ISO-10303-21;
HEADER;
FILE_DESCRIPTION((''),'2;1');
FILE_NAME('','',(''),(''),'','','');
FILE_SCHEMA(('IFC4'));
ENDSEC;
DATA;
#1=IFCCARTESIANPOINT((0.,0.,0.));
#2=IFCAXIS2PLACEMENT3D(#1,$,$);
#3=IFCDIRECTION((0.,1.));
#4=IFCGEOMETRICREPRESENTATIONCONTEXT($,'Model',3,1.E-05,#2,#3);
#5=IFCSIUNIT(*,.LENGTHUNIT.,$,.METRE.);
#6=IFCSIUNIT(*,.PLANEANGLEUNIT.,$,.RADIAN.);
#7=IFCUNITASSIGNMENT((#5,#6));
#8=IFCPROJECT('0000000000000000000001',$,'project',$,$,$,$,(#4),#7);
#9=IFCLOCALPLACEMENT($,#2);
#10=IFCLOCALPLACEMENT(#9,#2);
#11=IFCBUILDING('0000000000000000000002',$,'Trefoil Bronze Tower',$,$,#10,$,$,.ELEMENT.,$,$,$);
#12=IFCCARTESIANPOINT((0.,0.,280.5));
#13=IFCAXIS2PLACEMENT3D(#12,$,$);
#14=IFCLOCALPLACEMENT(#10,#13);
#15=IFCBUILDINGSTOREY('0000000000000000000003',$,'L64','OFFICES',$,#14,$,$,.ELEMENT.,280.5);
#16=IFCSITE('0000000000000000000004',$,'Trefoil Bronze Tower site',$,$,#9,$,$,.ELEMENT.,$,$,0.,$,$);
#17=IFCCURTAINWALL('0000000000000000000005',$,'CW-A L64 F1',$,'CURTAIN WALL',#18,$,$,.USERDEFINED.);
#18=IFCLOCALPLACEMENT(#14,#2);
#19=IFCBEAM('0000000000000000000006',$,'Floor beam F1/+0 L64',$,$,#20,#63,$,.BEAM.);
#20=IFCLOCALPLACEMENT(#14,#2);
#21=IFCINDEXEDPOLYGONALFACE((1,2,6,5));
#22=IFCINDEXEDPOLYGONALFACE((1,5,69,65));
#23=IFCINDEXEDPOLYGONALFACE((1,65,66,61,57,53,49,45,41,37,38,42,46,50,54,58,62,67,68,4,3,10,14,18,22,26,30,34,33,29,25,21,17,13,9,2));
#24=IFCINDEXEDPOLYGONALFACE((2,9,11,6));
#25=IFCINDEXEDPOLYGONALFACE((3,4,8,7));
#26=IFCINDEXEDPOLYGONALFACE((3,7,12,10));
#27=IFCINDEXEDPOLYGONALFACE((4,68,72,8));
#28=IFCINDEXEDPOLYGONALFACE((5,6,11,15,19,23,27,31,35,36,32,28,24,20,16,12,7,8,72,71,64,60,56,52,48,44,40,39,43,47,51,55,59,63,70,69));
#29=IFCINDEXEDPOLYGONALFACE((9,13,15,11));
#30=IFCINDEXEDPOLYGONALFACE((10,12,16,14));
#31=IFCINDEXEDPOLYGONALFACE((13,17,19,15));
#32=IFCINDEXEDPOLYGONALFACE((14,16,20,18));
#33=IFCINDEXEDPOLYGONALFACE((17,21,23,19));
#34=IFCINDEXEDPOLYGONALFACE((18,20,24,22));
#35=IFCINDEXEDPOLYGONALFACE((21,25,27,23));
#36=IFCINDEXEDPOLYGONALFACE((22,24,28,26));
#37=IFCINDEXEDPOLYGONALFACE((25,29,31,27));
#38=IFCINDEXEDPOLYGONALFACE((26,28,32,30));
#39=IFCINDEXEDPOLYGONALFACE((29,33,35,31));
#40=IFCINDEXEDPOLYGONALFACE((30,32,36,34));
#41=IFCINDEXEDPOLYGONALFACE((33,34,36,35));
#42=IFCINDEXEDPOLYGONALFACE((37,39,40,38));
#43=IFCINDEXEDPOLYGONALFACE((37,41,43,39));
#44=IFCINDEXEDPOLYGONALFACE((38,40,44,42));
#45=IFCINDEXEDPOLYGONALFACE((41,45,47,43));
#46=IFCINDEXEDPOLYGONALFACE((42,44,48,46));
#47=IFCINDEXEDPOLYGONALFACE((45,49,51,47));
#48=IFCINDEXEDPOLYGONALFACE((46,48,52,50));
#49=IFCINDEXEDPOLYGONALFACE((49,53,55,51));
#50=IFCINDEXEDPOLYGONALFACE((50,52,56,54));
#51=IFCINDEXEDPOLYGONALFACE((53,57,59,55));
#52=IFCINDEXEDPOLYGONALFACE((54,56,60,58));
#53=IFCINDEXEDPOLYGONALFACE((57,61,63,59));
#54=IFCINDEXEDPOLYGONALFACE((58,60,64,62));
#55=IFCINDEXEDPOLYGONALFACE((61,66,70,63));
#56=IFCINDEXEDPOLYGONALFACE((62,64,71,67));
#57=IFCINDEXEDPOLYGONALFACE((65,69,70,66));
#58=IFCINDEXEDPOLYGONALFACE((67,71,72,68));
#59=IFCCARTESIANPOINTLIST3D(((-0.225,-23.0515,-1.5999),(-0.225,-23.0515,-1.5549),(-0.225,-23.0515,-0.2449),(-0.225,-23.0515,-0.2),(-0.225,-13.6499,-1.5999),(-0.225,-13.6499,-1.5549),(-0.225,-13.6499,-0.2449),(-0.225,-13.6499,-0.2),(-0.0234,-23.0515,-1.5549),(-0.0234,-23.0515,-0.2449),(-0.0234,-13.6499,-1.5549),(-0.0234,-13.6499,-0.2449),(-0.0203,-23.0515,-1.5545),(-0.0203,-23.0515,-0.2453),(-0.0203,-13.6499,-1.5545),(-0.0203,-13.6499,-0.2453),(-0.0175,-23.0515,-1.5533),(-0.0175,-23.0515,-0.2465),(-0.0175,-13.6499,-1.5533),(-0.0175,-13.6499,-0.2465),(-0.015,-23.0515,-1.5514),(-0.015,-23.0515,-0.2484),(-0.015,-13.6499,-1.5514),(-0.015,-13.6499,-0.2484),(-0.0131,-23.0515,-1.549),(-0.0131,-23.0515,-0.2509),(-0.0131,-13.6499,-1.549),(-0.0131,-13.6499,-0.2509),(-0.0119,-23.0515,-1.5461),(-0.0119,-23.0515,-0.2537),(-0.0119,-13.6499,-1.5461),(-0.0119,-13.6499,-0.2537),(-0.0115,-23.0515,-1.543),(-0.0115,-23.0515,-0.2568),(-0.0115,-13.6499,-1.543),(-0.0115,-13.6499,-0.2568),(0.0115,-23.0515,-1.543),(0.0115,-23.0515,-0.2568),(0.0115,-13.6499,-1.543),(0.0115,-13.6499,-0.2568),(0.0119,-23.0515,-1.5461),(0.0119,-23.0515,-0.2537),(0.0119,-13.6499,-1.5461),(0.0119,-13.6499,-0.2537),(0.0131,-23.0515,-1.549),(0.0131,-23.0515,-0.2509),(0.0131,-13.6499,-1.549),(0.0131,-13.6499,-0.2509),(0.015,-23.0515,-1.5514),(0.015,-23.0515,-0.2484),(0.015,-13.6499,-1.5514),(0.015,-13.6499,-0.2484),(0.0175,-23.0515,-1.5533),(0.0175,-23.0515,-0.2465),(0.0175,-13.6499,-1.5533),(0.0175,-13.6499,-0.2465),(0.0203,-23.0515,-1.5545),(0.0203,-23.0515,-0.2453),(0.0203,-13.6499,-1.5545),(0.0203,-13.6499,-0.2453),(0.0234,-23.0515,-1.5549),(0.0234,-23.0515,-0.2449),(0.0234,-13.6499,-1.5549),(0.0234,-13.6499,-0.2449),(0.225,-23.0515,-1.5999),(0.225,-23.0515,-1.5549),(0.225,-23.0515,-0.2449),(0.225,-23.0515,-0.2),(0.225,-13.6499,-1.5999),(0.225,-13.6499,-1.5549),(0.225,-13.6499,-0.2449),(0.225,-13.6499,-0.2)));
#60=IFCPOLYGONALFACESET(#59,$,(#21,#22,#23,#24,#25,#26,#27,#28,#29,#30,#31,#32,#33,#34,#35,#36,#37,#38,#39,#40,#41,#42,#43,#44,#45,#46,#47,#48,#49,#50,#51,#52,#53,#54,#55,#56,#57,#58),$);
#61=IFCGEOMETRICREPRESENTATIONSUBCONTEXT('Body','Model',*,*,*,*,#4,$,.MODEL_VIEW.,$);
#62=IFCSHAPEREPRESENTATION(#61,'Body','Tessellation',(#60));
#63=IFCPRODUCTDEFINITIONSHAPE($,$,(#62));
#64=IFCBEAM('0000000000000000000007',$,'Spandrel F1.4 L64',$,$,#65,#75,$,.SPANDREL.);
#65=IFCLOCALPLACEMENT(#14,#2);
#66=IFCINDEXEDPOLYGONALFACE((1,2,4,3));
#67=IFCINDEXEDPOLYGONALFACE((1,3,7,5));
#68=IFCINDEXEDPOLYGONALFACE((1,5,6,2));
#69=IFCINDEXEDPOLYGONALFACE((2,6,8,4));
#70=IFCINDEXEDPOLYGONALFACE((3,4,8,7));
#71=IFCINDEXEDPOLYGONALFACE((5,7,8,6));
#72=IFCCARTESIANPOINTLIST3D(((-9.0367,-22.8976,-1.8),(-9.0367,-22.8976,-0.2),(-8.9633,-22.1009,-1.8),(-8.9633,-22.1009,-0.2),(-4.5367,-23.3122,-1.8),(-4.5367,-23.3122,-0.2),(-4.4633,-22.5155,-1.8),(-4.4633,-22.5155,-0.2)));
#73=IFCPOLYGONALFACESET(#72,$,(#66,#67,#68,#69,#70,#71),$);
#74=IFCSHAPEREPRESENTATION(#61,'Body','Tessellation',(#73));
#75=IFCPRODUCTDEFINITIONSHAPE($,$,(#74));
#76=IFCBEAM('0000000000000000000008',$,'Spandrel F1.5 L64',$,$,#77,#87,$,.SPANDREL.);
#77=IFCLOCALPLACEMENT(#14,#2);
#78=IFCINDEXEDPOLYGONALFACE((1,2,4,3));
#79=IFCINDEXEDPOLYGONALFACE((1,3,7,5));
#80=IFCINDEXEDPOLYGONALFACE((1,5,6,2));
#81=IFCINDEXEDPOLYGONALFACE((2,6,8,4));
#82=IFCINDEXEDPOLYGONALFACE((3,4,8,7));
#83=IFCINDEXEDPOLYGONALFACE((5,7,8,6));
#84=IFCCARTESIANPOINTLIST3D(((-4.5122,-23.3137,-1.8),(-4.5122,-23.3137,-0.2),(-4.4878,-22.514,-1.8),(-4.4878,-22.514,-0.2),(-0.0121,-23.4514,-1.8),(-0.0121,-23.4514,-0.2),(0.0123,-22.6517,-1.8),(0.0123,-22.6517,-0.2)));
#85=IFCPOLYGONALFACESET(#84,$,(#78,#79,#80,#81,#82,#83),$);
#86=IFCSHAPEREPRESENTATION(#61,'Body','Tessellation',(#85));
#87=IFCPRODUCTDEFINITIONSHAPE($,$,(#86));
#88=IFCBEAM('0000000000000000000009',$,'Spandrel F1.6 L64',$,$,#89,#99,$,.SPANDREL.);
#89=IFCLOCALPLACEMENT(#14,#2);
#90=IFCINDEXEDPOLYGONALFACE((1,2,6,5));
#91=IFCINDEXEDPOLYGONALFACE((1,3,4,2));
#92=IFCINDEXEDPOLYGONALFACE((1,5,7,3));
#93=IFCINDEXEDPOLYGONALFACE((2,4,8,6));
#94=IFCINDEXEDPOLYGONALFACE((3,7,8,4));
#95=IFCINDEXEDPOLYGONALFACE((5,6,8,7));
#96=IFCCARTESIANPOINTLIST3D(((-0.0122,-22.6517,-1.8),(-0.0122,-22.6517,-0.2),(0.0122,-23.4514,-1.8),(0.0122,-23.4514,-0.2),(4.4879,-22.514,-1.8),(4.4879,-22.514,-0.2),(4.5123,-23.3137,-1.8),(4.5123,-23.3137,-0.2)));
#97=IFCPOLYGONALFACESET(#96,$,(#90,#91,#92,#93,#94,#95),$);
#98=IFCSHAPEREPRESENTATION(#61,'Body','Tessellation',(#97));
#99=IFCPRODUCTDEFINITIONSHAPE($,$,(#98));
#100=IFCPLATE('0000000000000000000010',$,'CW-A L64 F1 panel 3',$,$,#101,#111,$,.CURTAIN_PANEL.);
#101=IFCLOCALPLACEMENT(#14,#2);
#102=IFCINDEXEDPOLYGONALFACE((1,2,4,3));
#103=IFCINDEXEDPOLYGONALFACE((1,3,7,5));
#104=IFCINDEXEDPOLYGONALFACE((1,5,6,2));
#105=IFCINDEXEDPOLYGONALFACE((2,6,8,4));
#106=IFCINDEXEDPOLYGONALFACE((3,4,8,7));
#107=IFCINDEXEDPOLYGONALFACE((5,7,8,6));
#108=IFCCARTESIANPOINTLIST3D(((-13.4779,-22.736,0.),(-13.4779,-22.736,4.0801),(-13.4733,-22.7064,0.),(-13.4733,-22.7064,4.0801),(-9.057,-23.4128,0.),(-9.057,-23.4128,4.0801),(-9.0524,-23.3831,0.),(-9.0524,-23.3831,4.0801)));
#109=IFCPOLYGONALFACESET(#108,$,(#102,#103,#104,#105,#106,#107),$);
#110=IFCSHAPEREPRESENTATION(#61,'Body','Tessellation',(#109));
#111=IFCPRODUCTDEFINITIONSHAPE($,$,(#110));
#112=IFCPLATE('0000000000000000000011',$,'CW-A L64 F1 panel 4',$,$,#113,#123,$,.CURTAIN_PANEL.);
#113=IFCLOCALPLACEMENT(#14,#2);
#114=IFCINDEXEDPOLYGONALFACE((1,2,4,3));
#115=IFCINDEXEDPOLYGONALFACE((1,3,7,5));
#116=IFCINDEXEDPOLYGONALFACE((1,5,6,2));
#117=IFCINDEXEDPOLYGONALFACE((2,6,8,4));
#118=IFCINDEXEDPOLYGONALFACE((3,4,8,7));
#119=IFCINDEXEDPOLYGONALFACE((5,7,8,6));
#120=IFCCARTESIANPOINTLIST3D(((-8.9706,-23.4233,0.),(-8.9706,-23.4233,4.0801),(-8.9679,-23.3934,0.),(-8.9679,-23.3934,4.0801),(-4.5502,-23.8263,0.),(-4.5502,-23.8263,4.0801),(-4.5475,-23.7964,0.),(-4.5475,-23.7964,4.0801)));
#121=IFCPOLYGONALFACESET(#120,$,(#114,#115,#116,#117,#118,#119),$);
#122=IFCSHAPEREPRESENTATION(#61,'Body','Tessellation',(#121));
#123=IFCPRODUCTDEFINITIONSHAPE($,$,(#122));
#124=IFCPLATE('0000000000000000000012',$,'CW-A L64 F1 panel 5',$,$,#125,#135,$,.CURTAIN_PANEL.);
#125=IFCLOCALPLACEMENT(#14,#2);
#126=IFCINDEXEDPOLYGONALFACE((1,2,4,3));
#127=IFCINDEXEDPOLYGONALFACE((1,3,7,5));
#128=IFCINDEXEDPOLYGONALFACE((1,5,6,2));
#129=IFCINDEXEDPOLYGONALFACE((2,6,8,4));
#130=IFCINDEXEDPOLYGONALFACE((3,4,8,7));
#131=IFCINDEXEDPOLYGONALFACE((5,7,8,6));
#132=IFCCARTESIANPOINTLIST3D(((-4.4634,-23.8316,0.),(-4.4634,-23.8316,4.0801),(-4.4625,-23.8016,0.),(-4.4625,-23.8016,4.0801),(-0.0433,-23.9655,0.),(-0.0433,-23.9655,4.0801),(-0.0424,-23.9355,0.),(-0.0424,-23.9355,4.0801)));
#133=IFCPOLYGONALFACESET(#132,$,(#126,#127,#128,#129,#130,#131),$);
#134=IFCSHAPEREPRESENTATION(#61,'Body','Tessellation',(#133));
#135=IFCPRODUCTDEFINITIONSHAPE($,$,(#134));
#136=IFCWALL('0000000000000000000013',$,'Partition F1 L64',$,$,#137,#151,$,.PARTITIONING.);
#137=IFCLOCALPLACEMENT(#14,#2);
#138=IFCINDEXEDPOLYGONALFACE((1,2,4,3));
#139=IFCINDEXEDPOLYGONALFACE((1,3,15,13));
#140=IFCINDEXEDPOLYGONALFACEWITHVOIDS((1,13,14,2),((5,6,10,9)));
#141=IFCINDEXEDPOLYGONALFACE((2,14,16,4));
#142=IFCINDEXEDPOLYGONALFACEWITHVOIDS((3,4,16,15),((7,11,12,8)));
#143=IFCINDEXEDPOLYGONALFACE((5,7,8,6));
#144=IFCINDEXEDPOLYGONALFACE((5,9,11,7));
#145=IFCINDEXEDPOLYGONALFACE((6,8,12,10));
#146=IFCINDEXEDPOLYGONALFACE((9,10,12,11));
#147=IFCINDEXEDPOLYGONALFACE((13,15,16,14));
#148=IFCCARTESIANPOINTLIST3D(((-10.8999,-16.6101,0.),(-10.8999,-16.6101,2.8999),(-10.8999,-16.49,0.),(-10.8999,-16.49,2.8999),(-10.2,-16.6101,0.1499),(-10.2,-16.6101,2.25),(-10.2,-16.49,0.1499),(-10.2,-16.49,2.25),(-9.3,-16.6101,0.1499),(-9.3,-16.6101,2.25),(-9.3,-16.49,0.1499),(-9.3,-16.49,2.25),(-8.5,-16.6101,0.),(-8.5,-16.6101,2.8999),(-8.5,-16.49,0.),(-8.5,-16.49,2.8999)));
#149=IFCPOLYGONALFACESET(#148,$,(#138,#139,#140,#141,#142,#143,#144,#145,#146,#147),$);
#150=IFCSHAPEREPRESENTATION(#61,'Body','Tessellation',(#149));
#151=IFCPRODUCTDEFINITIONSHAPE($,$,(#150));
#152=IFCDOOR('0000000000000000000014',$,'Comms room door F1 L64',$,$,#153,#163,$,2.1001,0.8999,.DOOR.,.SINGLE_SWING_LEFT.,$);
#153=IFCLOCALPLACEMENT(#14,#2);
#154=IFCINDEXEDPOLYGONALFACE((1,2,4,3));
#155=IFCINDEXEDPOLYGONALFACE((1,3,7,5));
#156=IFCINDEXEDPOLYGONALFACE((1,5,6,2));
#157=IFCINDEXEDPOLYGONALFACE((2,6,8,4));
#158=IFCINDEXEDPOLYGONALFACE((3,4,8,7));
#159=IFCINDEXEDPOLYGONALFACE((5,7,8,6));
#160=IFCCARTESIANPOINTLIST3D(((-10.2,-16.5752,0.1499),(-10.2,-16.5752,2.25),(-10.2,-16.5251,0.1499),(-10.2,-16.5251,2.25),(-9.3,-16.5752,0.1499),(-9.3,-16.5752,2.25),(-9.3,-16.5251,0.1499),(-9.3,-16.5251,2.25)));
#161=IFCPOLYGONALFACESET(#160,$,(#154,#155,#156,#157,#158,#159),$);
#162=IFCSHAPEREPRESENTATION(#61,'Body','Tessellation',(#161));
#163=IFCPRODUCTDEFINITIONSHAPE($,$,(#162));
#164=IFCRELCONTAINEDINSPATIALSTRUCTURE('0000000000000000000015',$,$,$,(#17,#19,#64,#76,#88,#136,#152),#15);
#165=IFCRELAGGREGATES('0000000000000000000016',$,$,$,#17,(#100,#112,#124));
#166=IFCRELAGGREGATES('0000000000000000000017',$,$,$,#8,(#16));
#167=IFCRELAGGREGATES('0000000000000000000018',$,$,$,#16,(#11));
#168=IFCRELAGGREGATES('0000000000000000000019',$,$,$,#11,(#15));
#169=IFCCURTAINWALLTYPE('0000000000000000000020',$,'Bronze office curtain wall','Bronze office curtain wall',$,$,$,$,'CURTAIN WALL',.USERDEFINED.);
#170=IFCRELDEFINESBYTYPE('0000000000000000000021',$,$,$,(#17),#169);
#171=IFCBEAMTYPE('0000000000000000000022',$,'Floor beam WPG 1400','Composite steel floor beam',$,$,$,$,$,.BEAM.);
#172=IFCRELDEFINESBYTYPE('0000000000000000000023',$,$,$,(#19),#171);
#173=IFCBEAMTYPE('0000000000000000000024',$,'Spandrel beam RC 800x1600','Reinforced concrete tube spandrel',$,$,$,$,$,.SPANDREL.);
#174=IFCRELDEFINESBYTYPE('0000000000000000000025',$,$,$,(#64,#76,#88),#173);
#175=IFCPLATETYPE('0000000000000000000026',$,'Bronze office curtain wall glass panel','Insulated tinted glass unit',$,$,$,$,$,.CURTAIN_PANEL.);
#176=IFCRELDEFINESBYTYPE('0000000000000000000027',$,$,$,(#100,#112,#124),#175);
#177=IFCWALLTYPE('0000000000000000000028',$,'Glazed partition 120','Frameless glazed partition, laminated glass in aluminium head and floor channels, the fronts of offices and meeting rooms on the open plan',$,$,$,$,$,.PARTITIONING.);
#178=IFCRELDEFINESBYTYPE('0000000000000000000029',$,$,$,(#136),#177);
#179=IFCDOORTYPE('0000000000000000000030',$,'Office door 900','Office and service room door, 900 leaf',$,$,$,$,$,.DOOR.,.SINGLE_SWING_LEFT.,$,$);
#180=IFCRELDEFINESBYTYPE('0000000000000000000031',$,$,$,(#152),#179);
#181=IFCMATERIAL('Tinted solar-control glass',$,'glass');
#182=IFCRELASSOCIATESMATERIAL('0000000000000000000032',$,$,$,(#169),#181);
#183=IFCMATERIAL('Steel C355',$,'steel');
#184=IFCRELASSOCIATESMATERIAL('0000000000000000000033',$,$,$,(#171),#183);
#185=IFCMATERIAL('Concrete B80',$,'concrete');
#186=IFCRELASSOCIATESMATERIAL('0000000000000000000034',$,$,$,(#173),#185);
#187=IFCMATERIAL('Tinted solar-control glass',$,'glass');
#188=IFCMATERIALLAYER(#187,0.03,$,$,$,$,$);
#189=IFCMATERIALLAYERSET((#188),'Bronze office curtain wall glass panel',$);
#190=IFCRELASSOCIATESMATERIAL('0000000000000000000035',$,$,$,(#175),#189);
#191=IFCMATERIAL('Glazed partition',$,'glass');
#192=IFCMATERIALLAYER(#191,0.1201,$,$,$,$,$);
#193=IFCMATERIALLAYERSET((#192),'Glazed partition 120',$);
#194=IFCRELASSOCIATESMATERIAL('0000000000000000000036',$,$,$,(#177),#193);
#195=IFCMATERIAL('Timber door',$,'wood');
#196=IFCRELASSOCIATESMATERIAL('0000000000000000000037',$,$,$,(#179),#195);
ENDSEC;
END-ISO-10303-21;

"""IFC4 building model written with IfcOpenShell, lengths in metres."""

from ifc_helpers import new_model, si_unit, direction, frame, frame_2d, origin, origin_2d, place, context, subcontext, project, spatial, rectangle, i_section, extrude, material, layer, layer_set, material_profile, profile_set, type_object, element, fill, aggregate, save


model = new_model("IFC4")

# Units and contexts
model_context = context("Model", 3, precision=1e-05, world=origin(), true_north=direction((0.0, 1.0)))
body_context = subcontext(model_context, "Body", "Model", "MODEL_VIEW")
ifc_project = project(units=[si_unit("LENGTHUNIT", "METRE"), si_unit("PLANEANGLEUNIT", "RADIAN")], contexts=[model_context])

# Site, building, storey
site_placement = place(None, origin())
site = spatial("IfcSite", under=ifc_project, at=site_placement, Name="Trefoil Bronze Tower site", CompositionType="ELEMENT", RefElevation=0.0)
building_placement = place(site_placement, origin())
building = spatial("IfcBuilding", under=site, at=building_placement, Name="Trefoil Bronze Tower", CompositionType="ELEMENT")
storey_placement = place(building_placement, frame((0.0, 0.0, 280.5)))
storey = spatial("IfcBuildingStorey", under=building, at=storey_placement, Name="L64", Description="OFFICES", CompositionType="ELEMENT", Elevation=280.5)

# Curtain wall
ifc_material_1 = material(Name="Tinted solar-control glass", Category="glass")
curtain_wall_type = type_object("IfcCurtainWallType", Name="Bronze office curtain wall", Description="Bronze office curtain wall", ElementType="CURTAIN WALL", PredefinedType="USERDEFINED", material=ifc_material_1)
curtain_wall_placement = place(storey_placement, origin())
curtain_wall = element("IfcCurtainWall", 1, at=curtain_wall_placement, inside=storey, type_object=curtain_wall_type, Name="CW-A L64 F1", ObjectType="CURTAIN WALL", PredefinedType="USERDEFINED")

# Beams
ifc_material_2 = material(Name="Steel C355", Category="steel")
ifc_material_profile_1 = material_profile(ifc_material_2, i_section(OverallWidth=0.45, OverallDepth=1.3999, WebThickness=0.0229, FlangeThickness=0.0449, FilletRadius=0.012, at=origin_2d()), Name="WPG 1400")
ifc_profile_set_1 = profile_set([ifc_material_profile_1], Name="Steel C355")
beam_type_1 = type_object("IfcBeamType", Name="Floor beam WPG 1400", Description="Composite steel floor beam", PredefinedType="BEAM", material=ifc_profile_set_1)
beam_1_placement = place(storey_placement, frame((0.0, -23.0515, -0.8999), z_axis=(0.0, 1.0, 0.0), x_axis=(-1.0, 0.0, 0.0)))
element("IfcBeam", 2, at=beam_1_placement, inside=storey, type_object=beam_type_1, Name="Floor beam F1/+0 L64", PredefinedType="BEAM", context=body_context, shape_type="SweptSolid", body=[
    extrude(i_section(OverallWidth=0.45, OverallDepth=1.3999, WebThickness=0.0229, FlangeThickness=0.0449, FilletRadius=0.012, at=origin_2d()), origin(), (0.0, 0.0, 1.0), 9.4016),
])
ifc_material_3 = material(Name="Concrete B80", Category="concrete")
ifc_material_profile_2 = material_profile(ifc_material_3, rectangle(XDim=0.8, YDim=1.6001, at=origin_2d()), Name="RC 800x1600")
ifc_profile_set_2 = profile_set([ifc_material_profile_2], Name="Concrete B80")
beam_type_2 = type_object("IfcBeamType", Name="Spandrel beam RC 800x1600", Description="Reinforced concrete tube spandrel", PredefinedType="SPANDREL", material=ifc_profile_set_2)
beam_2_placement = place(storey_placement, frame((-9.0, -22.4993, -1.0), z_axis=(0.995784, -0.091734, 0.0), x_axis=(0.091734, 0.995784, 0.0)))
element("IfcBeam", 3, at=beam_2_placement, inside=storey, type_object=beam_type_2, Name="Spandrel F1.4 L64", PredefinedType="SPANDREL", context=body_context, shape_type="SweptSolid", body=[
    extrude(rectangle(XDim=0.8, YDim=1.6001, at=origin_2d()), origin(), (0.0, 0.0, 1.0), 4.519),
])
for number, where, z_axis, x_axis, name in (
    (4, (-4.5, -22.9138, -1.0), (0.999532, -0.030585, 0.0), (0.030585, 0.999532, 0.0), "Spandrel F1.5 L64"),
    (5, (0.0, -23.0515, -1.0), (0.999532, 0.030585, 0.0), (-0.030585, 0.999532, 0.0), "Spandrel F1.6 L64"),
):
    element("IfcBeam", number, at=place(storey_placement, frame(where, z_axis=z_axis, x_axis=x_axis)), inside=storey, type_object=beam_type_2, Name=name, PredefinedType="SPANDREL", context=body_context, shape_type="SweptSolid", body=[
        extrude(rectangle(XDim=0.8, YDim=1.6001, at=origin_2d()), origin(), (0.0, 0.0, 1.0), 4.5022),
    ])

# Plates
ifc_material_4 = material(Name="Tinted solar-control glass", Category="glass")
ifc_layer_1 = layer(ifc_material_4, 0.03)
ifc_layer_set_1 = layer_set([ifc_layer_1], Name="Bronze office curtain wall glass panel")
plate_type = type_object("IfcPlateType", Name="Bronze office curtain wall glass panel", Description="Insulated tinted glass unit", PredefinedType="CURTAIN_PANEL", material=ifc_layer_set_1)
plate_1_placement = place(storey_placement, frame((-11.2651, -23.0596, 0.0), z_axis=(0.0, 0.0, 1.0), x_axis=(0.988485, -0.151317, 0.0)))
plate_1 = element("IfcPlate", 6, at=plate_1_placement, type_object=plate_type, Name="CW-A L64 F1 panel 3", PredefinedType="CURTAIN_PANEL", context=body_context, shape_type="SweptSolid", body=[
    extrude(rectangle(XDim=4.4724, YDim=0.03, at=origin_2d()), origin(), (0.0, 0.0, 1.0), 4.0801),
])
plate_2_placement = place(storey_placement, frame((-6.759, -23.6099, 0.0), z_axis=(0.0, 0.0, 1.0), x_axis=(0.99587, -0.090789, 0.0)))
plate_2 = element("IfcPlate", 7, at=plate_2_placement, type_object=plate_type, Name="CW-A L64 F1 panel 4", PredefinedType="CURTAIN_PANEL", context=body_context, shape_type="SweptSolid", body=[
    extrude(rectangle(XDim=4.4387, YDim=0.03, at=origin_2d()), origin(), (0.0, 0.0, 1.0), 4.0801),
])
plate_3_placement = place(storey_placement, frame((-2.2529, -23.8835, 0.0), z_axis=(0.0, 0.0, 1.0), x_axis=(0.999542, -0.030263, 0.0)))
plate_3 = element("IfcPlate", 8, at=plate_3_placement, type_object=plate_type, Name="CW-A L64 F1 panel 5", PredefinedType="CURTAIN_PANEL", context=body_context, shape_type="SweptSolid", body=[
    extrude(rectangle(XDim=4.4221, YDim=0.03, at=origin_2d()), origin(), (0.0, 0.0, 1.0), 4.0801),
])
aggregate(curtain_wall, [plate_1, plate_2, plate_3])

# Wall, opening, door
ifc_material_5 = material(Name="Glazed partition", Category="glass")
ifc_layer_2 = layer(ifc_material_5, 0.1201)
ifc_layer_set_2 = layer_set([ifc_layer_2], Name="Glazed partition 120")
wall_type = type_object("IfcWallType", Name="Glazed partition 120", Description="Frameless glazed partition, laminated glass in aluminium head and floor channels, the fronts of offices and meeting rooms on the open plan", PredefinedType="PARTITIONING", material=ifc_layer_set_2)
wall_1_placement = place(storey_placement, frame((-10.8999, -16.55, 0.0), z_axis=(0.0, 0.0, 1.0), x_axis=(1.0, 0.0, 0.0)))
wall_1 = element("IfcWall", 9, at=wall_1_placement, inside=storey, type_object=wall_type, Name="Partition F1 L64", PredefinedType="PARTITIONING", context=body_context, shape_type="SweptSolid", body=[
    extrude(rectangle(XDim=2.3999, YDim=0.1201, at=frame_2d((1.2, 0.0))), origin(), (0.0, 0.0, 1.0), 2.8999),
])
opening_1_placement = place(wall_1_placement, frame((0.7, 0.0, 0.1499)))
opening_1 = element("IfcOpeningElement", 10, at=opening_1_placement, cuts=wall_1, PredefinedType="OPENING", context=body_context, shape_type="SweptSolid", body=[
    extrude(rectangle(XDim=0.8999, YDim=2.1001, at=frame_2d((0.45, 1.05))), frame((0.0, 0.0701, 0.0), z_axis=(0.0, -1.0, 0.0), x_axis=(1.0, 0.0, 0.0)), (0.0, 0.0, 1.0), 0.1401),
])
ifc_material_6 = material(Name="Timber door", Category="wood")
door_type_1 = type_object("IfcDoorType", Name="Office door 900", Description="Office and service room door, 900 leaf", OperationType="SINGLE_SWING_LEFT", PredefinedType="DOOR", material=ifc_material_6)
door_1_placement = place(opening_1_placement, origin())
door_1 = element("IfcDoor", 11, at=door_1_placement, inside=storey, type_object=door_type_1, Name="Comms room door F1 L64", OperationType="SINGLE_SWING_LEFT", OverallHeight=2.1001, OverallWidth=0.8999, PredefinedType="DOOR", context=body_context, shape_type="SweptSolid", body=[
    extrude(rectangle(XDim=0.8999, YDim=2.1001, at=frame_2d((0.45, 1.05))), frame((0.0, 0.0249, 0.0), z_axis=(0.0, -1.0, 0.0), x_axis=(1.0, 0.0, 0.0)), (0.0, 0.0, 1.0), 0.05),
])
fill(opening_1, door_1)

save(model, "model.ifc")
